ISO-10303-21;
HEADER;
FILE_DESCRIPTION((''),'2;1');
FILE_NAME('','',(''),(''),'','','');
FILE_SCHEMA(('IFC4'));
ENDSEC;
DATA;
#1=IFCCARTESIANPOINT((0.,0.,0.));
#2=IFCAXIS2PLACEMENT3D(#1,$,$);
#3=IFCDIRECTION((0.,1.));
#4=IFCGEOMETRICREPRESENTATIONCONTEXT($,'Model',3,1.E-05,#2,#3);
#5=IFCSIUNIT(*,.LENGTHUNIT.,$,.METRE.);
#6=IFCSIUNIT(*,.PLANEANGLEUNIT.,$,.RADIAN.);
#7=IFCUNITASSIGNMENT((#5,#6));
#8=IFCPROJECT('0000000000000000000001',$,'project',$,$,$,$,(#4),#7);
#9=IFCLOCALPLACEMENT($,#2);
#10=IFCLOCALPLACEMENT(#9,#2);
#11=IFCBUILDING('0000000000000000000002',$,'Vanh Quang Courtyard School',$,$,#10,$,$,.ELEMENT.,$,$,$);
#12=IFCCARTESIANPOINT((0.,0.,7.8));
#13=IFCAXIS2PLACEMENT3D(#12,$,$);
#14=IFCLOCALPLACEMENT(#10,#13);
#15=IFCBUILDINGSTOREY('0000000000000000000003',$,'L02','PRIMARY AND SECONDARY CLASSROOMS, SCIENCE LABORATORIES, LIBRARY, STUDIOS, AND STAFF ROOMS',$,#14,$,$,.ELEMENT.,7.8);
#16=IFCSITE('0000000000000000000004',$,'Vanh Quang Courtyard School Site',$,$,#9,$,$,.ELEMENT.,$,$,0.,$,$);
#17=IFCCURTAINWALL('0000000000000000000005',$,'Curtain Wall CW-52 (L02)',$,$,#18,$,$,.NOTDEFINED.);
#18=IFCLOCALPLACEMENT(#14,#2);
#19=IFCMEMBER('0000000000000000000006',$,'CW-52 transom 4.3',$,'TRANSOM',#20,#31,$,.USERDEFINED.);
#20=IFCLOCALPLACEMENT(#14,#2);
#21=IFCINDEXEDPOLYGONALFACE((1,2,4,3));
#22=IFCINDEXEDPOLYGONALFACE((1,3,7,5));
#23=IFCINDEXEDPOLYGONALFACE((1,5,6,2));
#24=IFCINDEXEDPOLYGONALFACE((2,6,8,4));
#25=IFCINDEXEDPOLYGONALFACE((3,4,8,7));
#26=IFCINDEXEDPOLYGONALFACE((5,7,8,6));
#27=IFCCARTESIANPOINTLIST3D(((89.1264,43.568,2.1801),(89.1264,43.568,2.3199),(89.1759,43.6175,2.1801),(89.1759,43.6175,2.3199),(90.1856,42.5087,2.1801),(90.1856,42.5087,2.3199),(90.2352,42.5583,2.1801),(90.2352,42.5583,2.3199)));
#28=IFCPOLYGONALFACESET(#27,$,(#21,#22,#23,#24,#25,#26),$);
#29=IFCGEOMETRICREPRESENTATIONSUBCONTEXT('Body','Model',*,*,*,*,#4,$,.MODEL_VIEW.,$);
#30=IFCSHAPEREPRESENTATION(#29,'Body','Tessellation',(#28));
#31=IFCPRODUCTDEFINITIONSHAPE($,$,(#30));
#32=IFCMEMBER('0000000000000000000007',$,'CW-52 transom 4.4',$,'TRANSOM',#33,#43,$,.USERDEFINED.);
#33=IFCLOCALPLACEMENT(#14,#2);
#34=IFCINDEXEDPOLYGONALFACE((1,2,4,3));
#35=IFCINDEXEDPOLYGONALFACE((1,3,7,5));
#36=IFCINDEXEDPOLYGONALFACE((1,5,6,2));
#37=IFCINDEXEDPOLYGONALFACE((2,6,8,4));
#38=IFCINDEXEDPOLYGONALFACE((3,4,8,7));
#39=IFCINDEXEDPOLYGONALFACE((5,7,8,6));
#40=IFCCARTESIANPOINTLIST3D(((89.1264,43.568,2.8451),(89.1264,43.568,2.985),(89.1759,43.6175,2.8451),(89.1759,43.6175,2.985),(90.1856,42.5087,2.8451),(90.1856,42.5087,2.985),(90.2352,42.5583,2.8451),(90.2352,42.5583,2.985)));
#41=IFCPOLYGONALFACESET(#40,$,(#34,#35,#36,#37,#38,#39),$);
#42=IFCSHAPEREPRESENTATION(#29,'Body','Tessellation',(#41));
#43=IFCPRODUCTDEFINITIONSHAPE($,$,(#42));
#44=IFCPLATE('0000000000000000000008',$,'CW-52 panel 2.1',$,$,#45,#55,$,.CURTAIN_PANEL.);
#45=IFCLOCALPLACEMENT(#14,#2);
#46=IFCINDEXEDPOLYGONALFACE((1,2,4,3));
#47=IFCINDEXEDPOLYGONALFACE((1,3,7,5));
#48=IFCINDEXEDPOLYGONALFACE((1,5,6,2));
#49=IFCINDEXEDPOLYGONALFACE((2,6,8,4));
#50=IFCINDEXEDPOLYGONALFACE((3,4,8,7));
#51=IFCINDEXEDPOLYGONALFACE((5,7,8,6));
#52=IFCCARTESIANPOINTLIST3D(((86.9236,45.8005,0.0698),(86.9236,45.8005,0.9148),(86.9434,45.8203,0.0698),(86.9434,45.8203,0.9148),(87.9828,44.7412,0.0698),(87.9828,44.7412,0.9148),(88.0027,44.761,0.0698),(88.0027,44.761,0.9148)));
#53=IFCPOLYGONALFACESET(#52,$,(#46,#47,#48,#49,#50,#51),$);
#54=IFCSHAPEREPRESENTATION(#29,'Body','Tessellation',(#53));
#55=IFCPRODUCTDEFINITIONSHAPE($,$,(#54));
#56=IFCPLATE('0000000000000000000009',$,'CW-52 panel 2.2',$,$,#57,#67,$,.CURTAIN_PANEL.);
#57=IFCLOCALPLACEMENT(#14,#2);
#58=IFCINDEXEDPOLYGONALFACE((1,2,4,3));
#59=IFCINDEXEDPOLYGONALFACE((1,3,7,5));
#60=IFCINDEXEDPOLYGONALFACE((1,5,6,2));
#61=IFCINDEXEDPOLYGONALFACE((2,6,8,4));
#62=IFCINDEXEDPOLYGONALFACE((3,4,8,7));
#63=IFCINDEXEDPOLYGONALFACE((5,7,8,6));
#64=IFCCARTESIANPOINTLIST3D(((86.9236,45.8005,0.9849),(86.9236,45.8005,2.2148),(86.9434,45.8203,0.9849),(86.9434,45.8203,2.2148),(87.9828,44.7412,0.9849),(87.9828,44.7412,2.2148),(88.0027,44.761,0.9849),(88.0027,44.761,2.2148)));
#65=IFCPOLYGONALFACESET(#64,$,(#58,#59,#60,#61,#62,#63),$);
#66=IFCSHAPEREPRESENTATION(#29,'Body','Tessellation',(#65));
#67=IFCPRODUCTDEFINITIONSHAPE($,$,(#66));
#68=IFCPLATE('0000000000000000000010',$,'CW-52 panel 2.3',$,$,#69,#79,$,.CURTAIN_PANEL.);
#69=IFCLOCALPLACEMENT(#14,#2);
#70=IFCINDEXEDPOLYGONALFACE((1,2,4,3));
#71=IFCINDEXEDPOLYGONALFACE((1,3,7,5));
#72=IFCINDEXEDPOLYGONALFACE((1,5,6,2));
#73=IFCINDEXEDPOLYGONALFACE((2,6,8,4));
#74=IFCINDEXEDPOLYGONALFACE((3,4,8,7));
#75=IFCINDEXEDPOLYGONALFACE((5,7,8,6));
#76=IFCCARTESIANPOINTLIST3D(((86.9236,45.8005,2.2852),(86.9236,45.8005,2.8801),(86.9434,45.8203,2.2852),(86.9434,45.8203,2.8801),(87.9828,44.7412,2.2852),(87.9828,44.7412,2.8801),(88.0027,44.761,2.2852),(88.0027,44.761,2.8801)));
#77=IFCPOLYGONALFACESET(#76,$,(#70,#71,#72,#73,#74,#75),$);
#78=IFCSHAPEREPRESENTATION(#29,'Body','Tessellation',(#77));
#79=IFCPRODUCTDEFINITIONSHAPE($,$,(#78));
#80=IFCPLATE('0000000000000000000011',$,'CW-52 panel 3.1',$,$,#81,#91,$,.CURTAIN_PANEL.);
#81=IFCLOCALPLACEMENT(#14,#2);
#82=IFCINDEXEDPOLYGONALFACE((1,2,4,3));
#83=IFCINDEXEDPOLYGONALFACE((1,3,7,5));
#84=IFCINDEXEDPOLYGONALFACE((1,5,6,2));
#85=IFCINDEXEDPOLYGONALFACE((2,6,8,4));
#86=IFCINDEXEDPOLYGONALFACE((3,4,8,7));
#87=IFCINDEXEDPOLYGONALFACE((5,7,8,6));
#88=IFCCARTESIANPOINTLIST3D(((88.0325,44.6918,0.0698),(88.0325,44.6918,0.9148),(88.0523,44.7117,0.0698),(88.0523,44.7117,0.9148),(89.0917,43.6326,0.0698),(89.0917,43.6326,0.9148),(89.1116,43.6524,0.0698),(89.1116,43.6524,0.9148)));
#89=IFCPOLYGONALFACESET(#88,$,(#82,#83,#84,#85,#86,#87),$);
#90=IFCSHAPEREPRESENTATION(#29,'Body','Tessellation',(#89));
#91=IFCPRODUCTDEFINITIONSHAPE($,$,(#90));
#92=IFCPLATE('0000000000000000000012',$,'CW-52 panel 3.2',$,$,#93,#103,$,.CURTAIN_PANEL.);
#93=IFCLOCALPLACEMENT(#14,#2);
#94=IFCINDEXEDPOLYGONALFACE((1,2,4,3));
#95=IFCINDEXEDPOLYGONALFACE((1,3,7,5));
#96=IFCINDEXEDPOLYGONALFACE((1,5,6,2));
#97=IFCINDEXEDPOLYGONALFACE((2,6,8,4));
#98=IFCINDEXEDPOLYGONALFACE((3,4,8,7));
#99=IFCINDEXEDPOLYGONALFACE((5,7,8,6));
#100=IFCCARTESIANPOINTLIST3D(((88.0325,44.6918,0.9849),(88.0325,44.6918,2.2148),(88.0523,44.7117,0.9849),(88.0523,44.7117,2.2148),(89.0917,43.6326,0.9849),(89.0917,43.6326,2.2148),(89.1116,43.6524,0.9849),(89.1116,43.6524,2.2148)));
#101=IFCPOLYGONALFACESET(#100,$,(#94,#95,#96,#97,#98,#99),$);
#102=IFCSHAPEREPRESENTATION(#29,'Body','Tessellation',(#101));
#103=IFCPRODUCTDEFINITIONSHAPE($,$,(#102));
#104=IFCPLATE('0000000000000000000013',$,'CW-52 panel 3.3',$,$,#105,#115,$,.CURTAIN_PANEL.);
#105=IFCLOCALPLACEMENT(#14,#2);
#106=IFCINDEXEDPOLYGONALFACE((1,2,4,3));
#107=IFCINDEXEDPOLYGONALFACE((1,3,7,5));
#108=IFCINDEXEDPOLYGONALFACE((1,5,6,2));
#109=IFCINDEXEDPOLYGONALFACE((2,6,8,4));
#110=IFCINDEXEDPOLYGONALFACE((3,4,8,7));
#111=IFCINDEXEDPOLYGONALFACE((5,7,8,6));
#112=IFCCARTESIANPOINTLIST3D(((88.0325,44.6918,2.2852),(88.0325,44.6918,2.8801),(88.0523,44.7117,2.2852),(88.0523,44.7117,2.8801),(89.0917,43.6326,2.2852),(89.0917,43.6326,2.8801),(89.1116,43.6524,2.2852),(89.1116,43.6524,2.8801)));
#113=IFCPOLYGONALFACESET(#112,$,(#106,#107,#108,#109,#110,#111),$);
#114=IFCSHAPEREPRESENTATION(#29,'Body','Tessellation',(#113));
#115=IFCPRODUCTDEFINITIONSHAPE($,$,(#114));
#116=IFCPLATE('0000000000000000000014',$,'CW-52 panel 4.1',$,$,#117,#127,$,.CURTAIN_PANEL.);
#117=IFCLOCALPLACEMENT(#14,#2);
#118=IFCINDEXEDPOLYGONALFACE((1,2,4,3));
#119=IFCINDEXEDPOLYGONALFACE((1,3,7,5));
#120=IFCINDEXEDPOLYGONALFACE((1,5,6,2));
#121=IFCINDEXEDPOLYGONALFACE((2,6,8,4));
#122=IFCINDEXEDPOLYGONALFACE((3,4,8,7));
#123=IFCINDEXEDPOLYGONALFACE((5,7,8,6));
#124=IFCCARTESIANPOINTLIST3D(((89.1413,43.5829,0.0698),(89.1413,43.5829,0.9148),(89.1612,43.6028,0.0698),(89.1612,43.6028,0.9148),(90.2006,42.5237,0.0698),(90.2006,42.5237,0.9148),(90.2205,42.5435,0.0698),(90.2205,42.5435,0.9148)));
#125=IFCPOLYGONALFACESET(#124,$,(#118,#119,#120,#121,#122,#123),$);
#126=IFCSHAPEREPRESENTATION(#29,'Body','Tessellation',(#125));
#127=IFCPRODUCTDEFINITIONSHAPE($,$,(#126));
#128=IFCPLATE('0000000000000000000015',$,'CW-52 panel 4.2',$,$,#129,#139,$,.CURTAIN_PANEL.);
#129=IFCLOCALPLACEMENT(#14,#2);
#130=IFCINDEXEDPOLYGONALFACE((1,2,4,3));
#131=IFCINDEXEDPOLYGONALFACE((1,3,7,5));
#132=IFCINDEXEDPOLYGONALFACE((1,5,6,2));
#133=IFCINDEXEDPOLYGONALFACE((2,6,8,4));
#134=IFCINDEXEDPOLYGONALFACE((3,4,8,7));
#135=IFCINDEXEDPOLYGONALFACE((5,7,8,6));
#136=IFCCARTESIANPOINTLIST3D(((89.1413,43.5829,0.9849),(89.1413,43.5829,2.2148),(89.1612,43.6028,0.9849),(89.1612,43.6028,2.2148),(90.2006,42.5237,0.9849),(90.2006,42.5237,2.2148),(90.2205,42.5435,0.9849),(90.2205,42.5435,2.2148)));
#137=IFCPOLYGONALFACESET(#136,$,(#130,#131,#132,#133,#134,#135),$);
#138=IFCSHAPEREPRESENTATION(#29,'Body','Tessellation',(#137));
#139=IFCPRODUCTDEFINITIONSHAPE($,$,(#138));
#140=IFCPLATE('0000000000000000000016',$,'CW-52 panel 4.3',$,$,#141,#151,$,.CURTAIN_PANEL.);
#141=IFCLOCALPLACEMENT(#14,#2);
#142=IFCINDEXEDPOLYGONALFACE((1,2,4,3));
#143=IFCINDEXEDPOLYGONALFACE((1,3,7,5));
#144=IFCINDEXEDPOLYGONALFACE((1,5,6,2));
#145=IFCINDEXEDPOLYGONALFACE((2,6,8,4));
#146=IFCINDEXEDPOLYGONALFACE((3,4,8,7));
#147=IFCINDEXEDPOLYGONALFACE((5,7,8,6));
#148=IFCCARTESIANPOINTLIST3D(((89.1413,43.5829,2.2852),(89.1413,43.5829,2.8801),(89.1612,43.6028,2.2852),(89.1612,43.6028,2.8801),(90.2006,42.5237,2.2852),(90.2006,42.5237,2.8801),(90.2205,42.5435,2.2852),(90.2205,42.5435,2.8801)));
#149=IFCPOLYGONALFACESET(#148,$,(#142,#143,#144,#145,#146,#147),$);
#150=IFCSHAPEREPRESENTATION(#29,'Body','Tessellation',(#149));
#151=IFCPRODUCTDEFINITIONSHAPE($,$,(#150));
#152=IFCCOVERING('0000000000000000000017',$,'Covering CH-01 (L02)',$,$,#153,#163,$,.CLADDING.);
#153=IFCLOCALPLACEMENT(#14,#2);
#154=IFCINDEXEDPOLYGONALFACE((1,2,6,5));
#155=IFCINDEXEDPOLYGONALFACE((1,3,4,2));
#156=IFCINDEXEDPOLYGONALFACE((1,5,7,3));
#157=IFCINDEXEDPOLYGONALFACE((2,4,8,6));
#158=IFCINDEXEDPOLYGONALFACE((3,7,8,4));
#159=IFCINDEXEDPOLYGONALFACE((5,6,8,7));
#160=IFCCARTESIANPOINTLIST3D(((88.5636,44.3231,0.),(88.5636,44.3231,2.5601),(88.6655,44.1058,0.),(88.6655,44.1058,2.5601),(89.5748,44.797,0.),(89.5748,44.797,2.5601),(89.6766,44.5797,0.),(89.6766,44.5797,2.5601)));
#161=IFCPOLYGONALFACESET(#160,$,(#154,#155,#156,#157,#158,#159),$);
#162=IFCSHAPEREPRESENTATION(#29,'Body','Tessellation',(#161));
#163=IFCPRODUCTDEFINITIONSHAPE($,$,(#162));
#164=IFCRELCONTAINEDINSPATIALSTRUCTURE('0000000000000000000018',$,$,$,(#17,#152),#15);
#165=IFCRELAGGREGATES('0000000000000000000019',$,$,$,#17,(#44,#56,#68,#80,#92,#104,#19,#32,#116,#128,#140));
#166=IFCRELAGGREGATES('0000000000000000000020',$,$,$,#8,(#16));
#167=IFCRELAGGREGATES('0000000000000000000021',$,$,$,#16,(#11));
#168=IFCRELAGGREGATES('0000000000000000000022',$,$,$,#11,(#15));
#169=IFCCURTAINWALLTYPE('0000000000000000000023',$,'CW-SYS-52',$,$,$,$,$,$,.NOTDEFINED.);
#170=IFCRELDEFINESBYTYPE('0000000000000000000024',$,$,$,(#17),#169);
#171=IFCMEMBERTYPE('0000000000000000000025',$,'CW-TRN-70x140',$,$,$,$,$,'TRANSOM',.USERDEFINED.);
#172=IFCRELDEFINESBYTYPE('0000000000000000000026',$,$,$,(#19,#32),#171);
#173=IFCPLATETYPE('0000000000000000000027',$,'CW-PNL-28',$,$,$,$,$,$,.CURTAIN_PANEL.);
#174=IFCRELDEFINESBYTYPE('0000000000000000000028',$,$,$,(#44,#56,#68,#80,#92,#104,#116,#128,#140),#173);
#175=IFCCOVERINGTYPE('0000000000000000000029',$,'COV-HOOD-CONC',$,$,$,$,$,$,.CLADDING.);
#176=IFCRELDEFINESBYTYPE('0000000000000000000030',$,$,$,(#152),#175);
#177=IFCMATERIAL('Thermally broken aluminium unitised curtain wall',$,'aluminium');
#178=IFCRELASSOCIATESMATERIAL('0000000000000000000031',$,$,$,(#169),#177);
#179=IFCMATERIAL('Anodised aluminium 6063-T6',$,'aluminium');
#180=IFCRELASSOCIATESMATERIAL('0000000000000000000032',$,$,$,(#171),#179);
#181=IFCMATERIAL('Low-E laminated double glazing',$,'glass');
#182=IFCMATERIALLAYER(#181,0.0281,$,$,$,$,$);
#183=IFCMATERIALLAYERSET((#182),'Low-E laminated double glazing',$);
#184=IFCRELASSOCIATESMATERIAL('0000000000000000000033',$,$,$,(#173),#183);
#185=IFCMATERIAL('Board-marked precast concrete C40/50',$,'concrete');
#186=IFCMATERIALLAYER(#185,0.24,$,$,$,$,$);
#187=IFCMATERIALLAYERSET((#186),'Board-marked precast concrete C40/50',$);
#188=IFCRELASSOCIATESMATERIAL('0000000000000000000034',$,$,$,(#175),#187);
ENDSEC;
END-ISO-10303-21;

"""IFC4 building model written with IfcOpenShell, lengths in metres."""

from ifc_helpers import new_model, si_unit, direction, frame, origin, origin_2d, place, context, subcontext, project, spatial, rectangle, extrude, material, layer, layer_set, material_profile, profile_set, type_object, element, aggregate, save


model = new_model("IFC4")

# Units and contexts
model_context = context("Model", 3, precision=1e-05, world=origin(), true_north=direction((0.0, 1.0)))
body_context = subcontext(model_context, "Body", "Model", "MODEL_VIEW")
ifc_project = project(units=[si_unit("LENGTHUNIT", "METRE"), si_unit("PLANEANGLEUNIT", "RADIAN")], contexts=[model_context])

# Site, building, storey
site_placement = place(None, origin())
site = spatial("IfcSite", under=ifc_project, at=site_placement, Name="Vanh Quang Courtyard School Site", CompositionType="ELEMENT", RefElevation=0.0)
building_placement = place(site_placement, origin())
building = spatial("IfcBuilding", under=site, at=building_placement, Name="Vanh Quang Courtyard School", CompositionType="ELEMENT")
storey_placement = place(building_placement, frame((0.0, 0.0, 7.8)))
storey = spatial("IfcBuildingStorey", under=building, at=storey_placement, Name="L02", Description="PRIMARY AND SECONDARY CLASSROOMS, SCIENCE LABORATORIES, LIBRARY, STUDIOS, AND STAFF ROOMS", CompositionType="ELEMENT", Elevation=7.8)

# Curtain wall, members, plates
ifc_material_1 = material(Name="Thermally broken aluminium unitised curtain wall", Category="aluminium")
curtain_wall_type = type_object("IfcCurtainWallType", Name="CW-SYS-52", PredefinedType="NOTDEFINED", material=ifc_material_1)
curtain_wall_placement = place(storey_placement, origin())
curtain_wall = element("IfcCurtainWall", 1, at=curtain_wall_placement, inside=storey, type_object=curtain_wall_type, Name="Curtain Wall CW-52 (L02)", PredefinedType="NOTDEFINED")
ifc_material_2 = material(Name="Anodised aluminium 6063-T6", Category="aluminium")
ifc_material_profile_1 = material_profile(ifc_material_2, rectangle(XDim=0.0701, YDim=0.1399, at=origin_2d()), Name="ALU-TRN 70x140")
ifc_profile_set_1 = profile_set([ifc_material_profile_1], Name="Anodised aluminium 6063-T6")
member_type_1 = type_object("IfcMemberType", Name="CW-TRN-70x140", ElementType="TRANSOM", PredefinedType="USERDEFINED", material=ifc_profile_set_1)
member_1_placement = place(storey_placement, frame((89.1511, 43.5928, 2.25), z_axis=(0.707107, -0.707107, 0.0), x_axis=(0.707107, 0.707107, 0.0)))
member_1 = element("IfcMember", 2, at=member_1_placement, type_object=member_type_1, Name="CW-52 transom 4.3", ObjectType="TRANSOM", PredefinedType="USERDEFINED", context=body_context, shape_type="SweptSolid", body=[
    extrude(rectangle(XDim=0.0701, YDim=0.1399, at=origin_2d()), origin(), (0.0, 0.0, 1.0), 1.498),
])
member_2_placement = place(storey_placement, frame((89.1511, 43.5928, 2.915), z_axis=(0.707107, -0.707107, 0.0), x_axis=(0.707107, 0.707107, 0.0)))
member_2 = element("IfcMember", 3, at=member_2_placement, type_object=member_type_1, Name="CW-52 transom 4.4", ObjectType="TRANSOM", PredefinedType="USERDEFINED", context=body_context, shape_type="SweptSolid", body=[
    extrude(rectangle(XDim=0.0701, YDim=0.1399, at=origin_2d()), origin(), (0.0, 0.0, 1.0), 1.498),
])
ifc_material_3 = material(Name="Low-E laminated double glazing", Category="glass")
ifc_layer_1 = layer(ifc_material_3, 0.0281)
ifc_layer_set_1 = layer_set([ifc_layer_1], Name="Low-E laminated double glazing")
plate_type = type_object("IfcPlateType", Name="CW-PNL-28", PredefinedType="CURTAIN_PANEL", material=ifc_layer_set_1)
plate_1_placement = place(storey_placement, frame((87.4631, 45.2808, 0.0698), z_axis=(0.0, 0.0, 1.0), x_axis=(0.707107, -0.707107, 0.0)))
plate_1 = element("IfcPlate", 4, at=plate_1_placement, type_object=plate_type, Name="CW-52 panel 2.1", PredefinedType="CURTAIN_PANEL", context=body_context, shape_type="SweptSolid", body=[
    extrude(rectangle(XDim=1.498, YDim=0.0281, at=origin_2d()), origin(), (0.0, 0.0, 1.0), 0.845),
])
plate_2_placement = place(storey_placement, frame((87.4631, 45.2808, 0.9849), z_axis=(0.0, 0.0, 1.0), x_axis=(0.707107, -0.707107, 0.0)))
plate_2 = element("IfcPlate", 5, at=plate_2_placement, type_object=plate_type, Name="CW-52 panel 2.2", PredefinedType="CURTAIN_PANEL", context=body_context, shape_type="SweptSolid", body=[
    extrude(rectangle(XDim=1.498, YDim=0.0281, at=origin_2d()), origin(), (0.0, 0.0, 1.0), 1.23),
])
plate_3_placement = place(storey_placement, frame((87.4631, 45.2808, 2.2852), z_axis=(0.0, 0.0, 1.0), x_axis=(0.707107, -0.707107, 0.0)))
plate_3 = element("IfcPlate", 6, at=plate_3_placement, type_object=plate_type, Name="CW-52 panel 2.3", PredefinedType="CURTAIN_PANEL", context=body_context, shape_type="SweptSolid", body=[
    extrude(rectangle(XDim=1.498, YDim=0.0281, at=origin_2d()), origin(), (0.0, 0.0, 1.0), 0.595),
])
plate_4_placement = place(storey_placement, frame((88.572, 44.1721, 0.0698), z_axis=(0.0, 0.0, 1.0), x_axis=(0.707107, -0.707107, 0.0)))
plate_4 = element("IfcPlate", 7, at=plate_4_placement, type_object=plate_type, Name="CW-52 panel 3.1", PredefinedType="CURTAIN_PANEL", context=body_context, shape_type="SweptSolid", body=[
    extrude(rectangle(XDim=1.498, YDim=0.0281, at=origin_2d()), origin(), (0.0, 0.0, 1.0), 0.845),
])
plate_5_placement = place(storey_placement, frame((88.572, 44.1721, 0.9849), z_axis=(0.0, 0.0, 1.0), x_axis=(0.707107, -0.707107, 0.0)))
plate_5 = element("IfcPlate", 8, at=plate_5_placement, type_object=plate_type, Name="CW-52 panel 3.2", PredefinedType="CURTAIN_PANEL", context=body_context, shape_type="SweptSolid", body=[
    extrude(rectangle(XDim=1.498, YDim=0.0281, at=origin_2d()), origin(), (0.0, 0.0, 1.0), 1.23),
])
plate_6_placement = place(storey_placement, frame((88.572, 44.1721, 2.2852), z_axis=(0.0, 0.0, 1.0), x_axis=(0.707107, -0.707107, 0.0)))
plate_6 = element("IfcPlate", 9, at=plate_6_placement, type_object=plate_type, Name="CW-52 panel 3.3", PredefinedType="CURTAIN_PANEL", context=body_context, shape_type="SweptSolid", body=[
    extrude(rectangle(XDim=1.498, YDim=0.0281, at=origin_2d()), origin(), (0.0, 0.0, 1.0), 0.595),
])
plate_7_placement = place(storey_placement, frame((89.6809, 43.0632, 0.0698), z_axis=(0.0, 0.0, 1.0), x_axis=(0.707107, -0.707107, 0.0)))
plate_7 = element("IfcPlate", 10, at=plate_7_placement, type_object=plate_type, Name="CW-52 panel 4.1", PredefinedType="CURTAIN_PANEL", context=body_context, shape_type="SweptSolid", body=[
    extrude(rectangle(XDim=1.498, YDim=0.0281, at=origin_2d()), origin(), (0.0, 0.0, 1.0), 0.845),
])
plate_8_placement = place(storey_placement, frame((89.6809, 43.0632, 0.9849), z_axis=(0.0, 0.0, 1.0), x_axis=(0.707107, -0.707107, 0.0)))
plate_8 = element("IfcPlate", 11, at=plate_8_placement, type_object=plate_type, Name="CW-52 panel 4.2", PredefinedType="CURTAIN_PANEL", context=body_context, shape_type="SweptSolid", body=[
    extrude(rectangle(XDim=1.498, YDim=0.0281, at=origin_2d()), origin(), (0.0, 0.0, 1.0), 1.23),
])
plate_9_placement = place(storey_placement, frame((89.6809, 43.0632, 2.2852), z_axis=(0.0, 0.0, 1.0), x_axis=(0.707107, -0.707107, 0.0)))
plate_9 = element("IfcPlate", 12, at=plate_9_placement, type_object=plate_type, Name="CW-52 panel 4.3", PredefinedType="CURTAIN_PANEL", context=body_context, shape_type="SweptSolid", body=[
    extrude(rectangle(XDim=1.498, YDim=0.0281, at=origin_2d()), origin(), (0.0, 0.0, 1.0), 0.595),
])
aggregate(curtain_wall, [plate_1, plate_2, plate_3, plate_4, plate_5, plate_6, member_1, member_2, plate_7, plate_8, plate_9])

# Covering
ifc_material_4 = material(Name="Board-marked precast concrete C40/50", Category="concrete")
ifc_layer_2 = layer(ifc_material_4, 0.24)
ifc_layer_set_2 = layer_set([ifc_layer_2], Name="Board-marked precast concrete C40/50")
covering_type = type_object("IfcCoveringType", Name="COV-HOOD-CONC", PredefinedType="CLADDING", material=ifc_layer_set_2)
covering_placement = place(storey_placement, frame((89.1201, 44.4514, 0.0), z_axis=(0.0, 0.0, 1.0), x_axis=(0.905495, 0.424357, 0.0)))
element("IfcCovering", 13, at=covering_placement, inside=storey, type_object=covering_type, Name="Covering CH-01 (L02)", PredefinedType="CLADDING", context=body_context, shape_type="SweptSolid", body=[
    extrude(rectangle(XDim=1.1167, YDim=0.24, at=origin_2d()), origin(), (0.0, 0.0, 1.0), 2.5601),
])

save(model, "model.ifc")
